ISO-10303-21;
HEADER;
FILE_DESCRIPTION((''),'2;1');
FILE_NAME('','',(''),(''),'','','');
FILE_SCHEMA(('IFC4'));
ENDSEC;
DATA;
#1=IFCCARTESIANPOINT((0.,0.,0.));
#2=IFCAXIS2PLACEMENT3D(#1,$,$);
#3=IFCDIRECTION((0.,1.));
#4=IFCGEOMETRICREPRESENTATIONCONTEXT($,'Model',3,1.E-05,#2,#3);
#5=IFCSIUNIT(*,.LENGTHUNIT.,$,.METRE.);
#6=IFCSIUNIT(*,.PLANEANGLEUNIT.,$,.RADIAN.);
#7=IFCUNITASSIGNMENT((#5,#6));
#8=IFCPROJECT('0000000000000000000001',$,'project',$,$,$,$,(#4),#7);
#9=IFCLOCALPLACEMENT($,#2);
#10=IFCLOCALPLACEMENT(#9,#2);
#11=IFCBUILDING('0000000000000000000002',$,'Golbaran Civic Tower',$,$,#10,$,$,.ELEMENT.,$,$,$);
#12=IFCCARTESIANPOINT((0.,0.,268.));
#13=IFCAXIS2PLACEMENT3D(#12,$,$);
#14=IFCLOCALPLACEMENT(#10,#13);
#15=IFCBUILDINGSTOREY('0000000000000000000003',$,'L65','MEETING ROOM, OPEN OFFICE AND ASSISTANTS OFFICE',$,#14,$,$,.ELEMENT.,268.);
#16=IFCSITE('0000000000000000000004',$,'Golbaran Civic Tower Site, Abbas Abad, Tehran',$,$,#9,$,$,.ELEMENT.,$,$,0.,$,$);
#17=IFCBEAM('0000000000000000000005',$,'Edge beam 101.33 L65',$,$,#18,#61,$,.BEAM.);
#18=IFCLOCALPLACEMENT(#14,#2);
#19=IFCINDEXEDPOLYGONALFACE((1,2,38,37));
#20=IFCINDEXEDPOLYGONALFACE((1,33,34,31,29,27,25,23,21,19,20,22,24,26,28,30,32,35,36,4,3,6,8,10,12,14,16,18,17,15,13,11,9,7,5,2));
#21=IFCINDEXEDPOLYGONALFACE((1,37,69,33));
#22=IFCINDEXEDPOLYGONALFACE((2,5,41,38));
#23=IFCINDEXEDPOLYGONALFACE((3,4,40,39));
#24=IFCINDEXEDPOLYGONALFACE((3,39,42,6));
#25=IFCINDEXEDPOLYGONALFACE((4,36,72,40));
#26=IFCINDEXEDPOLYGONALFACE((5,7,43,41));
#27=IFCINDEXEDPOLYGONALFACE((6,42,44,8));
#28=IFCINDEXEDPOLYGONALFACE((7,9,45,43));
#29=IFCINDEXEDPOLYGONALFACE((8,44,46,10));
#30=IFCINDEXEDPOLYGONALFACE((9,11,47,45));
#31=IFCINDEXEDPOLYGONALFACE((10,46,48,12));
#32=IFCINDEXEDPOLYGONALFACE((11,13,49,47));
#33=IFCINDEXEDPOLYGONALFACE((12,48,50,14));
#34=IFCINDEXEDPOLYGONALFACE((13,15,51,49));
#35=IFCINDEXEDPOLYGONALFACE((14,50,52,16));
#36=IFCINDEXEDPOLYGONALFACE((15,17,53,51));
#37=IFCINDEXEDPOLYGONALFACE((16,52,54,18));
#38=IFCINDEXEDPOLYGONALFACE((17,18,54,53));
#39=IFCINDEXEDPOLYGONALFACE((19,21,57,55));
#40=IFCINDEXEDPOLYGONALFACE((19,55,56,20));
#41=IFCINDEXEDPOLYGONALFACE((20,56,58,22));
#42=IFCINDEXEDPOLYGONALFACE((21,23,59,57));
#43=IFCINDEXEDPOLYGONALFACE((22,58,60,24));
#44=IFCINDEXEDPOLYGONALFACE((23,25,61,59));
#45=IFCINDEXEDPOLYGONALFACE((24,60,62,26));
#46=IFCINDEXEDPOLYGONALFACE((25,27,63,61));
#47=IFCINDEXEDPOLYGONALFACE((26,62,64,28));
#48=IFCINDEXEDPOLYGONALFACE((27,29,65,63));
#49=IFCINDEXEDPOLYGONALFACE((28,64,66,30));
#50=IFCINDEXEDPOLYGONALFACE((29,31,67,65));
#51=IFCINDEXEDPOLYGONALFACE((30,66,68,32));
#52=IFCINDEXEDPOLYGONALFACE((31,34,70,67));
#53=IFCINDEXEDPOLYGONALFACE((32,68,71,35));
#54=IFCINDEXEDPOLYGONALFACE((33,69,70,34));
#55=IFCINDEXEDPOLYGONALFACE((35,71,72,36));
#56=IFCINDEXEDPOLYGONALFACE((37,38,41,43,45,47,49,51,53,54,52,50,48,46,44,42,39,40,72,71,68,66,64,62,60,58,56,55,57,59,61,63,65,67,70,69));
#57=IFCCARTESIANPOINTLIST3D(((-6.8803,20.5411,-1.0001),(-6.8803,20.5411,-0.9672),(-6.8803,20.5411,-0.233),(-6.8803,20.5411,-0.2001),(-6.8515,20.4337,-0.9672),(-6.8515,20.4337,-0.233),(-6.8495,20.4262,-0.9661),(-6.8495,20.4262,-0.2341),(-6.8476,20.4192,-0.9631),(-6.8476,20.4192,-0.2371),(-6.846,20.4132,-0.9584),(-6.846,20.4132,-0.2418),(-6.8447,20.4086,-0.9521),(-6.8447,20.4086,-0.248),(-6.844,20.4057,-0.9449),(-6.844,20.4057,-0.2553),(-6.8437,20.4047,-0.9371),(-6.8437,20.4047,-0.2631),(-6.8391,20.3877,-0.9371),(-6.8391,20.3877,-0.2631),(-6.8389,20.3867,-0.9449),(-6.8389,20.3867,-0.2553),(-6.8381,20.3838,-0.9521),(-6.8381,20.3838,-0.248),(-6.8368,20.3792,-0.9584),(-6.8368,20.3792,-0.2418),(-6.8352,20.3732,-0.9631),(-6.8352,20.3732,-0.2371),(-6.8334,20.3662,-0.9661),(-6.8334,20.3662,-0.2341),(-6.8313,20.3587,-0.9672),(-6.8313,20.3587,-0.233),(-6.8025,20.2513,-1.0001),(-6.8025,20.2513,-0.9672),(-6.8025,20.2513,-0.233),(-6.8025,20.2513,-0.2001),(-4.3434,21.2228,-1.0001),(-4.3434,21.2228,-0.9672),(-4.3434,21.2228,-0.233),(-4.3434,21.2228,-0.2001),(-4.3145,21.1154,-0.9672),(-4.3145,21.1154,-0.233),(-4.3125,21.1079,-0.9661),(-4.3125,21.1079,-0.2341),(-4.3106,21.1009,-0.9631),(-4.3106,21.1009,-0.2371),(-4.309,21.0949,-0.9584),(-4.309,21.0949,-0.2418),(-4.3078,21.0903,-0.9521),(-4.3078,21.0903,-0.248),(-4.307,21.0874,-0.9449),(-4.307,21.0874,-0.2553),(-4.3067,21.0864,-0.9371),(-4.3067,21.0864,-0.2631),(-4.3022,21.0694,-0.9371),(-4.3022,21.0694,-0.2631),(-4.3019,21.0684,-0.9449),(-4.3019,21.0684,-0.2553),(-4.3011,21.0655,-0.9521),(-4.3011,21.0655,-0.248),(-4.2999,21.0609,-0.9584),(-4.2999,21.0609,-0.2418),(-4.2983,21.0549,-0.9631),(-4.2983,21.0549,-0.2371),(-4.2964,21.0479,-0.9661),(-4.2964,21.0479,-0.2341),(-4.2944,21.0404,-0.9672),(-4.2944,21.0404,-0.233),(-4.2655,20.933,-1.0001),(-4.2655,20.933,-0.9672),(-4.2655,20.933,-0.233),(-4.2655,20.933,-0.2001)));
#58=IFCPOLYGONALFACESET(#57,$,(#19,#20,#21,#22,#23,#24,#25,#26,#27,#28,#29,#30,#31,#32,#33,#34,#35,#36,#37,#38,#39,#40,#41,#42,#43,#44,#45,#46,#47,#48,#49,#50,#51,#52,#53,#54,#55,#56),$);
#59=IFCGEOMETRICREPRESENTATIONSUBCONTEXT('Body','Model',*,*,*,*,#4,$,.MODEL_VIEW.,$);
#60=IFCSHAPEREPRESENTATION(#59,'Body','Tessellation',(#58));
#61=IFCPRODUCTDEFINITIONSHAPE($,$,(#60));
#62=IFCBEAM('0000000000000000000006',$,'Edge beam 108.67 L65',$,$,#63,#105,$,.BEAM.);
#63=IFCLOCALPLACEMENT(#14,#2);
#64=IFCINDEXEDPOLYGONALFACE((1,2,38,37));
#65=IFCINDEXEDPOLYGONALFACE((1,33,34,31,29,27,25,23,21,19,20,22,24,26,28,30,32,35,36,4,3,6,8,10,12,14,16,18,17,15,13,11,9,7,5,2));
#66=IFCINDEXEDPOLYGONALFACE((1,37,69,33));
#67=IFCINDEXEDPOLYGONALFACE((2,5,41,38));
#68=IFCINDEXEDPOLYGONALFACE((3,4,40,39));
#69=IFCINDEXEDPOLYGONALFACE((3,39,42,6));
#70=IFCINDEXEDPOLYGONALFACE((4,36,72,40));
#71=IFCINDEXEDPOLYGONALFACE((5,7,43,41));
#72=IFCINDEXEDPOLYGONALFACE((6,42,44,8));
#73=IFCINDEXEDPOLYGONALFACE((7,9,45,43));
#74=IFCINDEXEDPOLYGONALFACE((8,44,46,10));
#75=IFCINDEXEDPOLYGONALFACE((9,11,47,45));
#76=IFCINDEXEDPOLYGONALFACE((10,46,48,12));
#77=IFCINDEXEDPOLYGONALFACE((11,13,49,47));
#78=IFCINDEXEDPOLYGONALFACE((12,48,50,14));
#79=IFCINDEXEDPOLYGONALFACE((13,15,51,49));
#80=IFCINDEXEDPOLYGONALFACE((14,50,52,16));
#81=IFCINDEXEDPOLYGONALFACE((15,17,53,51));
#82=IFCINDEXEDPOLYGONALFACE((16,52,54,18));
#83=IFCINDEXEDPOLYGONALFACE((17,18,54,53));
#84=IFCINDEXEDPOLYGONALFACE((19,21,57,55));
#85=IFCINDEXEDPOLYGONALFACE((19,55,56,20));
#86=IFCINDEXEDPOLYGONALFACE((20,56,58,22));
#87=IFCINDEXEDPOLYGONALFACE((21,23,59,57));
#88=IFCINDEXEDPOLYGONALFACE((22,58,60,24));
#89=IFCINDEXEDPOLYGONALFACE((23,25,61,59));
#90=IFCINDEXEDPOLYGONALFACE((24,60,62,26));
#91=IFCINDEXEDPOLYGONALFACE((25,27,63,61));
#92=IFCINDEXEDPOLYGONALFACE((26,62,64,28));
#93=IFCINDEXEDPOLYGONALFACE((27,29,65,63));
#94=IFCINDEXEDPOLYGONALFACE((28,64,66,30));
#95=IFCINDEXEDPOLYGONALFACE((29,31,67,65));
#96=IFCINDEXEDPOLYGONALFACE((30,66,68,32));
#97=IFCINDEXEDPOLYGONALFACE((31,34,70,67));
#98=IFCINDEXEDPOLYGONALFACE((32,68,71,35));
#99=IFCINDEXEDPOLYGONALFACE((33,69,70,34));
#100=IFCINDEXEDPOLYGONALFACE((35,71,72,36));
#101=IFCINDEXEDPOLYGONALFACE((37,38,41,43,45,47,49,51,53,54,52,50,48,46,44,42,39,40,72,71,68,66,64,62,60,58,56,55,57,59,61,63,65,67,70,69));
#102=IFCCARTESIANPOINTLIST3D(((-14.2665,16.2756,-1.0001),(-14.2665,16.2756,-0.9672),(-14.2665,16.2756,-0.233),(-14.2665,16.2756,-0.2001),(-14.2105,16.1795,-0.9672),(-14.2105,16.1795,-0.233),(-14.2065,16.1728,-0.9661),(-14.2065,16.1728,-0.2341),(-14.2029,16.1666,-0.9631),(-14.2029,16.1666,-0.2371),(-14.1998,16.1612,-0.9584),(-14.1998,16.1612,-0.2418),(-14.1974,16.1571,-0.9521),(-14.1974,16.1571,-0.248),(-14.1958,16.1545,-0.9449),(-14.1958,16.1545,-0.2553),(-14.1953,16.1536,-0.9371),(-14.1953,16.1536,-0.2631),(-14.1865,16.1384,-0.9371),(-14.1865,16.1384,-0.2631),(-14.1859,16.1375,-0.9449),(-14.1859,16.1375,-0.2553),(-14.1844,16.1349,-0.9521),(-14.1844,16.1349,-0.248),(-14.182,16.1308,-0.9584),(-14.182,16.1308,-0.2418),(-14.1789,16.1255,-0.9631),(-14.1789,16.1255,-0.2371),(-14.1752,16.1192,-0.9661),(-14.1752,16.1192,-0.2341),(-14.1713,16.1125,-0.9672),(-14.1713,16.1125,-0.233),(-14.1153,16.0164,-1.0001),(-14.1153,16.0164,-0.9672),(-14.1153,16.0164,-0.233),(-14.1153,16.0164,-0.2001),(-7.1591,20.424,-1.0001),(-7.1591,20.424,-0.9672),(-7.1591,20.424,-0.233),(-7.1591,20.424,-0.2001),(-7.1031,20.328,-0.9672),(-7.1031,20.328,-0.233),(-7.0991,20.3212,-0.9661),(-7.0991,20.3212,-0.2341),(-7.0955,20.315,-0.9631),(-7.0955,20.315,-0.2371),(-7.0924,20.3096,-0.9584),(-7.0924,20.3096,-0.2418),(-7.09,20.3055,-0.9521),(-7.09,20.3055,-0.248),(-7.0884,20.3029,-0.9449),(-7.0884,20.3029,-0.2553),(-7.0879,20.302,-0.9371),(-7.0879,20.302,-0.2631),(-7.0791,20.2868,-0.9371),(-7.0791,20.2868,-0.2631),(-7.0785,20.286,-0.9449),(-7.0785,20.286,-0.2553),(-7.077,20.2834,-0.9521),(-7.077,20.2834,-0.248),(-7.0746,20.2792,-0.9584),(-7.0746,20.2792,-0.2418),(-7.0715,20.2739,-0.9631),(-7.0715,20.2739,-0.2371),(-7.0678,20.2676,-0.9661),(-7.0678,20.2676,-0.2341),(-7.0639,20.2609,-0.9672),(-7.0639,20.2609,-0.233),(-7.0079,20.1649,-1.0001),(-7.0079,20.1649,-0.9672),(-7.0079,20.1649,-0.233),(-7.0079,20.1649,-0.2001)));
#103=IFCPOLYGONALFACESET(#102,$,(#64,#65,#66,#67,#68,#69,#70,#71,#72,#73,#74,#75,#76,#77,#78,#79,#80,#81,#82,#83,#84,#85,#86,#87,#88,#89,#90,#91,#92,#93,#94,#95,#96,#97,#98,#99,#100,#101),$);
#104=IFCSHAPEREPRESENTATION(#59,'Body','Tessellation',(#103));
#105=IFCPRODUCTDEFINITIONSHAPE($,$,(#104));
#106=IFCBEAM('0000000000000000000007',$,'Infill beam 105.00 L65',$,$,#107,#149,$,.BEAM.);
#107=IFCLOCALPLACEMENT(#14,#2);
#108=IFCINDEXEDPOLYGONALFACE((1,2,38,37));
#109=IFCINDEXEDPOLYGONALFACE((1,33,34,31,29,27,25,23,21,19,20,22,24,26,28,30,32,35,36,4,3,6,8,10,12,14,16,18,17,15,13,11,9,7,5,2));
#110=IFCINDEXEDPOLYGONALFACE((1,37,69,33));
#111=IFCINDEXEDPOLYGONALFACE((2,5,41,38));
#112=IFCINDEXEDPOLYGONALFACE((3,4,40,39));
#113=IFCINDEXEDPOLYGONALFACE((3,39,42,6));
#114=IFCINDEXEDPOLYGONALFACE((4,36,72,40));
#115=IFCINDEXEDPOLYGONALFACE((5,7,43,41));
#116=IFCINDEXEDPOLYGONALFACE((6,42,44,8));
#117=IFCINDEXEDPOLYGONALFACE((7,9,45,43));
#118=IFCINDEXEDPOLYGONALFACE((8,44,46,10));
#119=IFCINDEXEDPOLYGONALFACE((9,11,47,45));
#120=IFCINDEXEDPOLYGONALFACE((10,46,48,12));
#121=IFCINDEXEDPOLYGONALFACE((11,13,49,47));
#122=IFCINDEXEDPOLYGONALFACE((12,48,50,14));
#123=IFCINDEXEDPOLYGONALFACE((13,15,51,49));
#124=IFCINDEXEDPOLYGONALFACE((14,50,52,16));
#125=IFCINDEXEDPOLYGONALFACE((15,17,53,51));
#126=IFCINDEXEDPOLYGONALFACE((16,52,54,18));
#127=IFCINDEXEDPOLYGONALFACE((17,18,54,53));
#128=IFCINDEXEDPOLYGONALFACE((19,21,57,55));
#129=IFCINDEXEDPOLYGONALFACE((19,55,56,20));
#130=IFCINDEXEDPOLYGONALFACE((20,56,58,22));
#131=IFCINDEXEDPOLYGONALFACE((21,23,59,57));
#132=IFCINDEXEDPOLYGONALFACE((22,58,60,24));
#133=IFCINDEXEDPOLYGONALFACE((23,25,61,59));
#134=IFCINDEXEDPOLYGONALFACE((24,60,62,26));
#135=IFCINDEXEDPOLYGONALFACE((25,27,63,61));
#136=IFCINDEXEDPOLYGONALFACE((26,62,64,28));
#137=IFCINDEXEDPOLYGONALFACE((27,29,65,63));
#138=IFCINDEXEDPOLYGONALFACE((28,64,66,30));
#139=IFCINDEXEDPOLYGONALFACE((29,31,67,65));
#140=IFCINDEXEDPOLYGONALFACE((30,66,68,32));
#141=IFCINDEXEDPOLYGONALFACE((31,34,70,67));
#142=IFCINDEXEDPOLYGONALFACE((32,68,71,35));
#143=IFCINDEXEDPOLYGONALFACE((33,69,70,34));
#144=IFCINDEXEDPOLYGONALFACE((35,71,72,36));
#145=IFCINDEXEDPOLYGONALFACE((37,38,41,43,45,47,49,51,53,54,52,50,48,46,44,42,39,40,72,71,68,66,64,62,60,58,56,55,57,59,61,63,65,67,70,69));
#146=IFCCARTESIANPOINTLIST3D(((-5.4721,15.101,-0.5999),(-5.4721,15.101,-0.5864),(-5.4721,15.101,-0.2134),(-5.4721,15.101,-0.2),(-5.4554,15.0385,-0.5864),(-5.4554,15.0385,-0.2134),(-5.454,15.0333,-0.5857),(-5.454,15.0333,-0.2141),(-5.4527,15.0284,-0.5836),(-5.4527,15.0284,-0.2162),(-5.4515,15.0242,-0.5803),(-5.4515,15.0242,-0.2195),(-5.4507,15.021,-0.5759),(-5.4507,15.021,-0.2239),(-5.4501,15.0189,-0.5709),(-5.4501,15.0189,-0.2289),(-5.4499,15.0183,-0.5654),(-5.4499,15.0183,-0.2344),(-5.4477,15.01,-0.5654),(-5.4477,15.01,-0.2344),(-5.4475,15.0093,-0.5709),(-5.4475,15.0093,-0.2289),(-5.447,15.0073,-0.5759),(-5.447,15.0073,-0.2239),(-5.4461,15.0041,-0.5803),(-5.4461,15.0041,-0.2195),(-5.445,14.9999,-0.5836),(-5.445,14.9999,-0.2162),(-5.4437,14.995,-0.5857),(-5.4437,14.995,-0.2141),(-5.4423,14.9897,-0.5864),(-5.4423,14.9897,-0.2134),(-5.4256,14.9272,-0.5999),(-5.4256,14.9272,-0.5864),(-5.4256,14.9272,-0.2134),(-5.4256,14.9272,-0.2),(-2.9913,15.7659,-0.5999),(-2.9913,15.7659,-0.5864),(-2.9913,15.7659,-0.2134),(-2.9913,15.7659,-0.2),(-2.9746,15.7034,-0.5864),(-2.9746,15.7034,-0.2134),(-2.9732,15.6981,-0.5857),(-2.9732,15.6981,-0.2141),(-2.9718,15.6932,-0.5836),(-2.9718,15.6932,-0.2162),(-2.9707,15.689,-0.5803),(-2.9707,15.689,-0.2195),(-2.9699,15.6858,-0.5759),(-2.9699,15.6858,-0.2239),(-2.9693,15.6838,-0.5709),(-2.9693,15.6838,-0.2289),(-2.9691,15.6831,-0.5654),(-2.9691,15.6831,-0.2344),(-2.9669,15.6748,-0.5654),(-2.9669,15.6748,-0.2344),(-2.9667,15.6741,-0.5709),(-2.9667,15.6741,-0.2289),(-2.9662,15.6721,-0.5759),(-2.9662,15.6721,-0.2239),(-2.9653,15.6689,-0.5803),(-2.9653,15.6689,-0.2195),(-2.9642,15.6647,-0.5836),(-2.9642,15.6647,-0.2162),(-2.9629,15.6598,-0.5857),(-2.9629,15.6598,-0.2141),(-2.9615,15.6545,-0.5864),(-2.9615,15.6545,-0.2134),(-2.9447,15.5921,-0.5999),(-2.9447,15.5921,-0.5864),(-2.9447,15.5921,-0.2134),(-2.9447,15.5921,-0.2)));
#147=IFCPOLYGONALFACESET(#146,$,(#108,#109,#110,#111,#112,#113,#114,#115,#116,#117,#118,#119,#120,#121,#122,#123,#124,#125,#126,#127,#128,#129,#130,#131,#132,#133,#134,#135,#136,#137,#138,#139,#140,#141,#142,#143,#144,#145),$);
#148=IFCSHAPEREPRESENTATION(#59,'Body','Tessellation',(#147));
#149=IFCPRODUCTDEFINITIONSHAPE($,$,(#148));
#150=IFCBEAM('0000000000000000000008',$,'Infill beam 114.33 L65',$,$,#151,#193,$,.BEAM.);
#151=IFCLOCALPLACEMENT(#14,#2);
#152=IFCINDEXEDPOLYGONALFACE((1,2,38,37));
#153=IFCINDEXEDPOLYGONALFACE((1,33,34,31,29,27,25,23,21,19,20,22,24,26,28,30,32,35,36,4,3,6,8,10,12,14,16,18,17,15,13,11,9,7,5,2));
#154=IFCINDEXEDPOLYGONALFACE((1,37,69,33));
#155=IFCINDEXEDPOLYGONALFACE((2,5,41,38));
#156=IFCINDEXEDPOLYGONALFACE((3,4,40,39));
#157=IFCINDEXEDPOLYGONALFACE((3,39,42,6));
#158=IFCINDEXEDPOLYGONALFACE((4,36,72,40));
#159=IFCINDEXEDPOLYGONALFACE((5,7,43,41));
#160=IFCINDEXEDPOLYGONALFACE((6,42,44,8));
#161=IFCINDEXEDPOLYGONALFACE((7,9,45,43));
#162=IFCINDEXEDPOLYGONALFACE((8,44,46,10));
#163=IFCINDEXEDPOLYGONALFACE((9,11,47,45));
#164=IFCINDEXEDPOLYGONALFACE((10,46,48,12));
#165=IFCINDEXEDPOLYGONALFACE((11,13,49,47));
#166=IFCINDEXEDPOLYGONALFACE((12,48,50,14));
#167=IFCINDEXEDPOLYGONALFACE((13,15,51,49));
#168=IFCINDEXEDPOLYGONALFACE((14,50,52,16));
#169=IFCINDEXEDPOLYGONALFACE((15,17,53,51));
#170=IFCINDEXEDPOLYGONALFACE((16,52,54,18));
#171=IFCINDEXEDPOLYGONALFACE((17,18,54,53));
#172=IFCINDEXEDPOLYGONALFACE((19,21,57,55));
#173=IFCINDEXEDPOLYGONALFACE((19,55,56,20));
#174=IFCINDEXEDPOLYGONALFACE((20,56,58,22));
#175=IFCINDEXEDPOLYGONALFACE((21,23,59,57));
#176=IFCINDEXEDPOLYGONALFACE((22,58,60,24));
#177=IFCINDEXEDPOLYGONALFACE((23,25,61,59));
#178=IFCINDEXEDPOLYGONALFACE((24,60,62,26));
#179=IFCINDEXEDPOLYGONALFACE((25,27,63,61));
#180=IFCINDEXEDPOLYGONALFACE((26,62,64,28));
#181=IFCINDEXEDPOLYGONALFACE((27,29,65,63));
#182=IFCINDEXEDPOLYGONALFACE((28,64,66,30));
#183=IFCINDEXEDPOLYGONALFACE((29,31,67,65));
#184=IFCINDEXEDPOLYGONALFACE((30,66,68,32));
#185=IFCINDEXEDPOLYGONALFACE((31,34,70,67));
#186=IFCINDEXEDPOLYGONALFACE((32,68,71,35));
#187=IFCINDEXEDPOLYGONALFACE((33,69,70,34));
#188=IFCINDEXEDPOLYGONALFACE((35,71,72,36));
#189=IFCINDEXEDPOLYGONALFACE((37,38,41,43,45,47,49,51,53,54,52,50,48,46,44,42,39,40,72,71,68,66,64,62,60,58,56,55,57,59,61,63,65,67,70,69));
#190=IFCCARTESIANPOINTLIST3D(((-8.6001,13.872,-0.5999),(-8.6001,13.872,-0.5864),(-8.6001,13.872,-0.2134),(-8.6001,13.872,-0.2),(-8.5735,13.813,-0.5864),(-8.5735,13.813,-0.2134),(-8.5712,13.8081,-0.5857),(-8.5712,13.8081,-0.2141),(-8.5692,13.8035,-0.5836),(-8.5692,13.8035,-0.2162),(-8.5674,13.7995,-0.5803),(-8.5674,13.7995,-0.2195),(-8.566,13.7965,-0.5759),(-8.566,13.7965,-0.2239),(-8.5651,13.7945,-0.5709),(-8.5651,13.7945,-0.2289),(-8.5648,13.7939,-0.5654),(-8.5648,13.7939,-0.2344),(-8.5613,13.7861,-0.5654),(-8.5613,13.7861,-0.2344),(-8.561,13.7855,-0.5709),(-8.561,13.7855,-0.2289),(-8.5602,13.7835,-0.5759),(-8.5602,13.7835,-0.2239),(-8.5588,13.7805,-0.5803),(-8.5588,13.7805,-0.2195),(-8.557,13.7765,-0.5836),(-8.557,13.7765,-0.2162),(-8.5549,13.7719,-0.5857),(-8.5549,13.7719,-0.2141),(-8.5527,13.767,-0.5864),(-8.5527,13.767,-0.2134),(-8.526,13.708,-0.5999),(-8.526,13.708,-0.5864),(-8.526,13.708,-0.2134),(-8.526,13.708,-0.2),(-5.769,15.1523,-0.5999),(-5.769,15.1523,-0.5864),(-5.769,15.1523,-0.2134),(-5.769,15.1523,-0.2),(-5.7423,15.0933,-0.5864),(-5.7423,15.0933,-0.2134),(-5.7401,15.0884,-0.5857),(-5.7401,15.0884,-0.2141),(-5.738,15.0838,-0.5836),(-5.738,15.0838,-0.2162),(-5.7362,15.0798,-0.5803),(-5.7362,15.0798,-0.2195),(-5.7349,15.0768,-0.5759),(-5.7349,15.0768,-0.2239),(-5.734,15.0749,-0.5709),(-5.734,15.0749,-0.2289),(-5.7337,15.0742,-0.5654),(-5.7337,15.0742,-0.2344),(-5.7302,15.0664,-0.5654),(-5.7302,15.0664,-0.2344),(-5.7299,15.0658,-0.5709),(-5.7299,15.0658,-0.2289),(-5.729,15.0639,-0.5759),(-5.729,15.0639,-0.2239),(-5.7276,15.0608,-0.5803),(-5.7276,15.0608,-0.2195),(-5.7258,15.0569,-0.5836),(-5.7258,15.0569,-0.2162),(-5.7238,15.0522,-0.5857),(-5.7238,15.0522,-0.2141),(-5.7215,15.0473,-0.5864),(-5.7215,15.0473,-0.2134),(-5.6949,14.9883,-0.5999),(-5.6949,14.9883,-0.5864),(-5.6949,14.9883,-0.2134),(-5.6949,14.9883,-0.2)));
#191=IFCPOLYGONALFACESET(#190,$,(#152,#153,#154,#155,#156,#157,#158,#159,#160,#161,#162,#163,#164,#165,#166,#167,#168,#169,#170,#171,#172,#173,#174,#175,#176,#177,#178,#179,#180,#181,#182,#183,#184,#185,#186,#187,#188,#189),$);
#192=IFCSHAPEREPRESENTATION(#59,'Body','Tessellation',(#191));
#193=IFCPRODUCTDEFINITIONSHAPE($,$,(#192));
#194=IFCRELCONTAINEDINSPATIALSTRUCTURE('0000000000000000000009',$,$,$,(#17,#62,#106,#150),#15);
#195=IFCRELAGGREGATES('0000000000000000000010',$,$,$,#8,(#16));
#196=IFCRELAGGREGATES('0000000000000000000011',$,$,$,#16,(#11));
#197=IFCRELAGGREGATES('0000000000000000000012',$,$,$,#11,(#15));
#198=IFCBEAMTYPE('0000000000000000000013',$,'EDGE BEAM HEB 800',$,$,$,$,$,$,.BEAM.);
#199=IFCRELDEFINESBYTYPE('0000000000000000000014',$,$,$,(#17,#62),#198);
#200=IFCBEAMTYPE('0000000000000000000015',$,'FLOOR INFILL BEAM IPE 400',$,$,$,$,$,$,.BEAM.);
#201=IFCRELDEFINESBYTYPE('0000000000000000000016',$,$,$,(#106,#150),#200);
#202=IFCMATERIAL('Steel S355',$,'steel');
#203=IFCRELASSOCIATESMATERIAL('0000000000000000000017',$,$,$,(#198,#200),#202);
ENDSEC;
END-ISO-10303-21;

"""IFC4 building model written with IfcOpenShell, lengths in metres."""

from ifc_helpers import new_model, si_unit, direction, frame, origin, origin_2d, place, context, subcontext, project, spatial, i_section, extrude, material, material_profile, profile_set, type_object, element, save


model = new_model("IFC4")

# Units and contexts
model_context = context("Model", 3, precision=1e-05, world=origin(), true_north=direction((0.0, 1.0)))
body_context = subcontext(model_context, "Body", "Model", "MODEL_VIEW")
ifc_project = project(units=[si_unit("LENGTHUNIT", "METRE"), si_unit("PLANEANGLEUNIT", "RADIAN")], contexts=[model_context])

# Site, building, storey
site_placement = place(None, origin())
site = spatial("IfcSite", under=ifc_project, at=site_placement, Name="Golbaran Civic Tower Site, Abbas Abad, Tehran", CompositionType="ELEMENT", RefElevation=0.0)
building_placement = place(site_placement, origin())
building = spatial("IfcBuilding", under=site, at=building_placement, Name="Golbaran Civic Tower", CompositionType="ELEMENT")
storey_placement = place(building_placement, frame((0.0, 0.0, 268.0)))
storey = spatial("IfcBuildingStorey", under=building, at=storey_placement, Name="L65", Description="MEETING ROOM, OPEN OFFICE AND ASSISTANTS OFFICE", CompositionType="ELEMENT", Elevation=268.0)

# Beams
ifc_material_1 = material(Name="Steel S355", Category="steel")
ifc_material_profile_1 = material_profile(ifc_material_1, i_section(OverallWidth=0.3, OverallDepth=0.8, WebThickness=0.0176, FlangeThickness=0.033, FilletRadius=0.03, at=origin_2d()), Name="HEB 800")
ifc_profile_set_1 = profile_set([ifc_material_profile_1], Name="Steel S355")
beam_type_1 = type_object("IfcBeamType", Name="EDGE BEAM HEB 800", PredefinedType="BEAM", material=ifc_profile_set_1)
beam_1_placement = place(storey_placement, frame((-4.3044, 21.0779, -0.6001), z_axis=(-0.965746, -0.25949, 0.0), x_axis=(0.25949, -0.965746, 0.0)))
element("IfcBeam", 1, at=beam_1_placement, inside=storey, type_object=beam_type_1, Name="Edge beam 101.33 L65", PredefinedType="BEAM", context=body_context, shape_type="SweptSolid", body=[
    extrude(i_section(OverallWidth=0.3, OverallDepth=0.8, WebThickness=0.0176, FlangeThickness=0.033, FilletRadius=0.03, at=origin_2d()), origin(), (0.0, 0.0, 1.0), 2.627),
])
beam_2_placement = place(storey_placement, frame((-7.0835, 20.2944, -0.6001), z_axis=(-0.86365, -0.504092, 0.0), x_axis=(0.504092, -0.86365, 0.0)))
element("IfcBeam", 2, at=beam_2_placement, inside=storey, type_object=beam_type_1, Name="Edge beam 108.67 L65", PredefinedType="BEAM", context=body_context, shape_type="SweptSolid", body=[
    extrude(i_section(OverallWidth=0.3, OverallDepth=0.8, WebThickness=0.0176, FlangeThickness=0.033, FilletRadius=0.03, at=origin_2d()), origin(), (0.0, 0.0, 1.0), 8.2295),
])
ifc_material_profile_2 = material_profile(ifc_material_1, i_section(OverallWidth=0.1799, OverallDepth=0.3999, WebThickness=0.0085, FlangeThickness=0.0134, FilletRadius=0.021, at=origin_2d()), Name="IPE 400")
ifc_profile_set_2 = profile_set([ifc_material_profile_2], Name="Steel S355")
beam_type_2 = type_object("IfcBeamType", Name="FLOOR INFILL BEAM IPE 400", PredefinedType="BEAM", material=ifc_profile_set_2)
beam_3_placement = place(storey_placement, frame((-2.968, 15.679, -0.3999), z_axis=(-0.965917, -0.258852, 0.0), x_axis=(0.258852, -0.965917, 0.0)))
element("IfcBeam", 3, at=beam_3_placement, inside=storey, type_object=beam_type_2, Name="Infill beam 105.00 L65", PredefinedType="BEAM", context=body_context, shape_type="SweptSolid", body=[
    extrude(i_section(OverallWidth=0.1799, OverallDepth=0.3999, WebThickness=0.0085, FlangeThickness=0.0134, FilletRadius=0.021, at=origin_2d()), origin(), (0.0, 0.0, 1.0), 2.5684),
])
beam_4_placement = place(storey_placement, frame((-5.7319, 15.0703, -0.3999), z_axis=(-0.911161, -0.41205, 0.0), x_axis=(0.41205, -0.911161, 0.0)))
element("IfcBeam", 4, at=beam_4_placement, inside=storey, type_object=beam_type_2, Name="Infill beam 114.33 L65", PredefinedType="BEAM", context=body_context, shape_type="SweptSolid", body=[
    extrude(i_section(OverallWidth=0.1799, OverallDepth=0.3999, WebThickness=0.0085, FlangeThickness=0.0134, FilletRadius=0.021, at=origin_2d()), origin(), (0.0, 0.0, 1.0), 3.1072),
])

save(model, "model.ifc")
